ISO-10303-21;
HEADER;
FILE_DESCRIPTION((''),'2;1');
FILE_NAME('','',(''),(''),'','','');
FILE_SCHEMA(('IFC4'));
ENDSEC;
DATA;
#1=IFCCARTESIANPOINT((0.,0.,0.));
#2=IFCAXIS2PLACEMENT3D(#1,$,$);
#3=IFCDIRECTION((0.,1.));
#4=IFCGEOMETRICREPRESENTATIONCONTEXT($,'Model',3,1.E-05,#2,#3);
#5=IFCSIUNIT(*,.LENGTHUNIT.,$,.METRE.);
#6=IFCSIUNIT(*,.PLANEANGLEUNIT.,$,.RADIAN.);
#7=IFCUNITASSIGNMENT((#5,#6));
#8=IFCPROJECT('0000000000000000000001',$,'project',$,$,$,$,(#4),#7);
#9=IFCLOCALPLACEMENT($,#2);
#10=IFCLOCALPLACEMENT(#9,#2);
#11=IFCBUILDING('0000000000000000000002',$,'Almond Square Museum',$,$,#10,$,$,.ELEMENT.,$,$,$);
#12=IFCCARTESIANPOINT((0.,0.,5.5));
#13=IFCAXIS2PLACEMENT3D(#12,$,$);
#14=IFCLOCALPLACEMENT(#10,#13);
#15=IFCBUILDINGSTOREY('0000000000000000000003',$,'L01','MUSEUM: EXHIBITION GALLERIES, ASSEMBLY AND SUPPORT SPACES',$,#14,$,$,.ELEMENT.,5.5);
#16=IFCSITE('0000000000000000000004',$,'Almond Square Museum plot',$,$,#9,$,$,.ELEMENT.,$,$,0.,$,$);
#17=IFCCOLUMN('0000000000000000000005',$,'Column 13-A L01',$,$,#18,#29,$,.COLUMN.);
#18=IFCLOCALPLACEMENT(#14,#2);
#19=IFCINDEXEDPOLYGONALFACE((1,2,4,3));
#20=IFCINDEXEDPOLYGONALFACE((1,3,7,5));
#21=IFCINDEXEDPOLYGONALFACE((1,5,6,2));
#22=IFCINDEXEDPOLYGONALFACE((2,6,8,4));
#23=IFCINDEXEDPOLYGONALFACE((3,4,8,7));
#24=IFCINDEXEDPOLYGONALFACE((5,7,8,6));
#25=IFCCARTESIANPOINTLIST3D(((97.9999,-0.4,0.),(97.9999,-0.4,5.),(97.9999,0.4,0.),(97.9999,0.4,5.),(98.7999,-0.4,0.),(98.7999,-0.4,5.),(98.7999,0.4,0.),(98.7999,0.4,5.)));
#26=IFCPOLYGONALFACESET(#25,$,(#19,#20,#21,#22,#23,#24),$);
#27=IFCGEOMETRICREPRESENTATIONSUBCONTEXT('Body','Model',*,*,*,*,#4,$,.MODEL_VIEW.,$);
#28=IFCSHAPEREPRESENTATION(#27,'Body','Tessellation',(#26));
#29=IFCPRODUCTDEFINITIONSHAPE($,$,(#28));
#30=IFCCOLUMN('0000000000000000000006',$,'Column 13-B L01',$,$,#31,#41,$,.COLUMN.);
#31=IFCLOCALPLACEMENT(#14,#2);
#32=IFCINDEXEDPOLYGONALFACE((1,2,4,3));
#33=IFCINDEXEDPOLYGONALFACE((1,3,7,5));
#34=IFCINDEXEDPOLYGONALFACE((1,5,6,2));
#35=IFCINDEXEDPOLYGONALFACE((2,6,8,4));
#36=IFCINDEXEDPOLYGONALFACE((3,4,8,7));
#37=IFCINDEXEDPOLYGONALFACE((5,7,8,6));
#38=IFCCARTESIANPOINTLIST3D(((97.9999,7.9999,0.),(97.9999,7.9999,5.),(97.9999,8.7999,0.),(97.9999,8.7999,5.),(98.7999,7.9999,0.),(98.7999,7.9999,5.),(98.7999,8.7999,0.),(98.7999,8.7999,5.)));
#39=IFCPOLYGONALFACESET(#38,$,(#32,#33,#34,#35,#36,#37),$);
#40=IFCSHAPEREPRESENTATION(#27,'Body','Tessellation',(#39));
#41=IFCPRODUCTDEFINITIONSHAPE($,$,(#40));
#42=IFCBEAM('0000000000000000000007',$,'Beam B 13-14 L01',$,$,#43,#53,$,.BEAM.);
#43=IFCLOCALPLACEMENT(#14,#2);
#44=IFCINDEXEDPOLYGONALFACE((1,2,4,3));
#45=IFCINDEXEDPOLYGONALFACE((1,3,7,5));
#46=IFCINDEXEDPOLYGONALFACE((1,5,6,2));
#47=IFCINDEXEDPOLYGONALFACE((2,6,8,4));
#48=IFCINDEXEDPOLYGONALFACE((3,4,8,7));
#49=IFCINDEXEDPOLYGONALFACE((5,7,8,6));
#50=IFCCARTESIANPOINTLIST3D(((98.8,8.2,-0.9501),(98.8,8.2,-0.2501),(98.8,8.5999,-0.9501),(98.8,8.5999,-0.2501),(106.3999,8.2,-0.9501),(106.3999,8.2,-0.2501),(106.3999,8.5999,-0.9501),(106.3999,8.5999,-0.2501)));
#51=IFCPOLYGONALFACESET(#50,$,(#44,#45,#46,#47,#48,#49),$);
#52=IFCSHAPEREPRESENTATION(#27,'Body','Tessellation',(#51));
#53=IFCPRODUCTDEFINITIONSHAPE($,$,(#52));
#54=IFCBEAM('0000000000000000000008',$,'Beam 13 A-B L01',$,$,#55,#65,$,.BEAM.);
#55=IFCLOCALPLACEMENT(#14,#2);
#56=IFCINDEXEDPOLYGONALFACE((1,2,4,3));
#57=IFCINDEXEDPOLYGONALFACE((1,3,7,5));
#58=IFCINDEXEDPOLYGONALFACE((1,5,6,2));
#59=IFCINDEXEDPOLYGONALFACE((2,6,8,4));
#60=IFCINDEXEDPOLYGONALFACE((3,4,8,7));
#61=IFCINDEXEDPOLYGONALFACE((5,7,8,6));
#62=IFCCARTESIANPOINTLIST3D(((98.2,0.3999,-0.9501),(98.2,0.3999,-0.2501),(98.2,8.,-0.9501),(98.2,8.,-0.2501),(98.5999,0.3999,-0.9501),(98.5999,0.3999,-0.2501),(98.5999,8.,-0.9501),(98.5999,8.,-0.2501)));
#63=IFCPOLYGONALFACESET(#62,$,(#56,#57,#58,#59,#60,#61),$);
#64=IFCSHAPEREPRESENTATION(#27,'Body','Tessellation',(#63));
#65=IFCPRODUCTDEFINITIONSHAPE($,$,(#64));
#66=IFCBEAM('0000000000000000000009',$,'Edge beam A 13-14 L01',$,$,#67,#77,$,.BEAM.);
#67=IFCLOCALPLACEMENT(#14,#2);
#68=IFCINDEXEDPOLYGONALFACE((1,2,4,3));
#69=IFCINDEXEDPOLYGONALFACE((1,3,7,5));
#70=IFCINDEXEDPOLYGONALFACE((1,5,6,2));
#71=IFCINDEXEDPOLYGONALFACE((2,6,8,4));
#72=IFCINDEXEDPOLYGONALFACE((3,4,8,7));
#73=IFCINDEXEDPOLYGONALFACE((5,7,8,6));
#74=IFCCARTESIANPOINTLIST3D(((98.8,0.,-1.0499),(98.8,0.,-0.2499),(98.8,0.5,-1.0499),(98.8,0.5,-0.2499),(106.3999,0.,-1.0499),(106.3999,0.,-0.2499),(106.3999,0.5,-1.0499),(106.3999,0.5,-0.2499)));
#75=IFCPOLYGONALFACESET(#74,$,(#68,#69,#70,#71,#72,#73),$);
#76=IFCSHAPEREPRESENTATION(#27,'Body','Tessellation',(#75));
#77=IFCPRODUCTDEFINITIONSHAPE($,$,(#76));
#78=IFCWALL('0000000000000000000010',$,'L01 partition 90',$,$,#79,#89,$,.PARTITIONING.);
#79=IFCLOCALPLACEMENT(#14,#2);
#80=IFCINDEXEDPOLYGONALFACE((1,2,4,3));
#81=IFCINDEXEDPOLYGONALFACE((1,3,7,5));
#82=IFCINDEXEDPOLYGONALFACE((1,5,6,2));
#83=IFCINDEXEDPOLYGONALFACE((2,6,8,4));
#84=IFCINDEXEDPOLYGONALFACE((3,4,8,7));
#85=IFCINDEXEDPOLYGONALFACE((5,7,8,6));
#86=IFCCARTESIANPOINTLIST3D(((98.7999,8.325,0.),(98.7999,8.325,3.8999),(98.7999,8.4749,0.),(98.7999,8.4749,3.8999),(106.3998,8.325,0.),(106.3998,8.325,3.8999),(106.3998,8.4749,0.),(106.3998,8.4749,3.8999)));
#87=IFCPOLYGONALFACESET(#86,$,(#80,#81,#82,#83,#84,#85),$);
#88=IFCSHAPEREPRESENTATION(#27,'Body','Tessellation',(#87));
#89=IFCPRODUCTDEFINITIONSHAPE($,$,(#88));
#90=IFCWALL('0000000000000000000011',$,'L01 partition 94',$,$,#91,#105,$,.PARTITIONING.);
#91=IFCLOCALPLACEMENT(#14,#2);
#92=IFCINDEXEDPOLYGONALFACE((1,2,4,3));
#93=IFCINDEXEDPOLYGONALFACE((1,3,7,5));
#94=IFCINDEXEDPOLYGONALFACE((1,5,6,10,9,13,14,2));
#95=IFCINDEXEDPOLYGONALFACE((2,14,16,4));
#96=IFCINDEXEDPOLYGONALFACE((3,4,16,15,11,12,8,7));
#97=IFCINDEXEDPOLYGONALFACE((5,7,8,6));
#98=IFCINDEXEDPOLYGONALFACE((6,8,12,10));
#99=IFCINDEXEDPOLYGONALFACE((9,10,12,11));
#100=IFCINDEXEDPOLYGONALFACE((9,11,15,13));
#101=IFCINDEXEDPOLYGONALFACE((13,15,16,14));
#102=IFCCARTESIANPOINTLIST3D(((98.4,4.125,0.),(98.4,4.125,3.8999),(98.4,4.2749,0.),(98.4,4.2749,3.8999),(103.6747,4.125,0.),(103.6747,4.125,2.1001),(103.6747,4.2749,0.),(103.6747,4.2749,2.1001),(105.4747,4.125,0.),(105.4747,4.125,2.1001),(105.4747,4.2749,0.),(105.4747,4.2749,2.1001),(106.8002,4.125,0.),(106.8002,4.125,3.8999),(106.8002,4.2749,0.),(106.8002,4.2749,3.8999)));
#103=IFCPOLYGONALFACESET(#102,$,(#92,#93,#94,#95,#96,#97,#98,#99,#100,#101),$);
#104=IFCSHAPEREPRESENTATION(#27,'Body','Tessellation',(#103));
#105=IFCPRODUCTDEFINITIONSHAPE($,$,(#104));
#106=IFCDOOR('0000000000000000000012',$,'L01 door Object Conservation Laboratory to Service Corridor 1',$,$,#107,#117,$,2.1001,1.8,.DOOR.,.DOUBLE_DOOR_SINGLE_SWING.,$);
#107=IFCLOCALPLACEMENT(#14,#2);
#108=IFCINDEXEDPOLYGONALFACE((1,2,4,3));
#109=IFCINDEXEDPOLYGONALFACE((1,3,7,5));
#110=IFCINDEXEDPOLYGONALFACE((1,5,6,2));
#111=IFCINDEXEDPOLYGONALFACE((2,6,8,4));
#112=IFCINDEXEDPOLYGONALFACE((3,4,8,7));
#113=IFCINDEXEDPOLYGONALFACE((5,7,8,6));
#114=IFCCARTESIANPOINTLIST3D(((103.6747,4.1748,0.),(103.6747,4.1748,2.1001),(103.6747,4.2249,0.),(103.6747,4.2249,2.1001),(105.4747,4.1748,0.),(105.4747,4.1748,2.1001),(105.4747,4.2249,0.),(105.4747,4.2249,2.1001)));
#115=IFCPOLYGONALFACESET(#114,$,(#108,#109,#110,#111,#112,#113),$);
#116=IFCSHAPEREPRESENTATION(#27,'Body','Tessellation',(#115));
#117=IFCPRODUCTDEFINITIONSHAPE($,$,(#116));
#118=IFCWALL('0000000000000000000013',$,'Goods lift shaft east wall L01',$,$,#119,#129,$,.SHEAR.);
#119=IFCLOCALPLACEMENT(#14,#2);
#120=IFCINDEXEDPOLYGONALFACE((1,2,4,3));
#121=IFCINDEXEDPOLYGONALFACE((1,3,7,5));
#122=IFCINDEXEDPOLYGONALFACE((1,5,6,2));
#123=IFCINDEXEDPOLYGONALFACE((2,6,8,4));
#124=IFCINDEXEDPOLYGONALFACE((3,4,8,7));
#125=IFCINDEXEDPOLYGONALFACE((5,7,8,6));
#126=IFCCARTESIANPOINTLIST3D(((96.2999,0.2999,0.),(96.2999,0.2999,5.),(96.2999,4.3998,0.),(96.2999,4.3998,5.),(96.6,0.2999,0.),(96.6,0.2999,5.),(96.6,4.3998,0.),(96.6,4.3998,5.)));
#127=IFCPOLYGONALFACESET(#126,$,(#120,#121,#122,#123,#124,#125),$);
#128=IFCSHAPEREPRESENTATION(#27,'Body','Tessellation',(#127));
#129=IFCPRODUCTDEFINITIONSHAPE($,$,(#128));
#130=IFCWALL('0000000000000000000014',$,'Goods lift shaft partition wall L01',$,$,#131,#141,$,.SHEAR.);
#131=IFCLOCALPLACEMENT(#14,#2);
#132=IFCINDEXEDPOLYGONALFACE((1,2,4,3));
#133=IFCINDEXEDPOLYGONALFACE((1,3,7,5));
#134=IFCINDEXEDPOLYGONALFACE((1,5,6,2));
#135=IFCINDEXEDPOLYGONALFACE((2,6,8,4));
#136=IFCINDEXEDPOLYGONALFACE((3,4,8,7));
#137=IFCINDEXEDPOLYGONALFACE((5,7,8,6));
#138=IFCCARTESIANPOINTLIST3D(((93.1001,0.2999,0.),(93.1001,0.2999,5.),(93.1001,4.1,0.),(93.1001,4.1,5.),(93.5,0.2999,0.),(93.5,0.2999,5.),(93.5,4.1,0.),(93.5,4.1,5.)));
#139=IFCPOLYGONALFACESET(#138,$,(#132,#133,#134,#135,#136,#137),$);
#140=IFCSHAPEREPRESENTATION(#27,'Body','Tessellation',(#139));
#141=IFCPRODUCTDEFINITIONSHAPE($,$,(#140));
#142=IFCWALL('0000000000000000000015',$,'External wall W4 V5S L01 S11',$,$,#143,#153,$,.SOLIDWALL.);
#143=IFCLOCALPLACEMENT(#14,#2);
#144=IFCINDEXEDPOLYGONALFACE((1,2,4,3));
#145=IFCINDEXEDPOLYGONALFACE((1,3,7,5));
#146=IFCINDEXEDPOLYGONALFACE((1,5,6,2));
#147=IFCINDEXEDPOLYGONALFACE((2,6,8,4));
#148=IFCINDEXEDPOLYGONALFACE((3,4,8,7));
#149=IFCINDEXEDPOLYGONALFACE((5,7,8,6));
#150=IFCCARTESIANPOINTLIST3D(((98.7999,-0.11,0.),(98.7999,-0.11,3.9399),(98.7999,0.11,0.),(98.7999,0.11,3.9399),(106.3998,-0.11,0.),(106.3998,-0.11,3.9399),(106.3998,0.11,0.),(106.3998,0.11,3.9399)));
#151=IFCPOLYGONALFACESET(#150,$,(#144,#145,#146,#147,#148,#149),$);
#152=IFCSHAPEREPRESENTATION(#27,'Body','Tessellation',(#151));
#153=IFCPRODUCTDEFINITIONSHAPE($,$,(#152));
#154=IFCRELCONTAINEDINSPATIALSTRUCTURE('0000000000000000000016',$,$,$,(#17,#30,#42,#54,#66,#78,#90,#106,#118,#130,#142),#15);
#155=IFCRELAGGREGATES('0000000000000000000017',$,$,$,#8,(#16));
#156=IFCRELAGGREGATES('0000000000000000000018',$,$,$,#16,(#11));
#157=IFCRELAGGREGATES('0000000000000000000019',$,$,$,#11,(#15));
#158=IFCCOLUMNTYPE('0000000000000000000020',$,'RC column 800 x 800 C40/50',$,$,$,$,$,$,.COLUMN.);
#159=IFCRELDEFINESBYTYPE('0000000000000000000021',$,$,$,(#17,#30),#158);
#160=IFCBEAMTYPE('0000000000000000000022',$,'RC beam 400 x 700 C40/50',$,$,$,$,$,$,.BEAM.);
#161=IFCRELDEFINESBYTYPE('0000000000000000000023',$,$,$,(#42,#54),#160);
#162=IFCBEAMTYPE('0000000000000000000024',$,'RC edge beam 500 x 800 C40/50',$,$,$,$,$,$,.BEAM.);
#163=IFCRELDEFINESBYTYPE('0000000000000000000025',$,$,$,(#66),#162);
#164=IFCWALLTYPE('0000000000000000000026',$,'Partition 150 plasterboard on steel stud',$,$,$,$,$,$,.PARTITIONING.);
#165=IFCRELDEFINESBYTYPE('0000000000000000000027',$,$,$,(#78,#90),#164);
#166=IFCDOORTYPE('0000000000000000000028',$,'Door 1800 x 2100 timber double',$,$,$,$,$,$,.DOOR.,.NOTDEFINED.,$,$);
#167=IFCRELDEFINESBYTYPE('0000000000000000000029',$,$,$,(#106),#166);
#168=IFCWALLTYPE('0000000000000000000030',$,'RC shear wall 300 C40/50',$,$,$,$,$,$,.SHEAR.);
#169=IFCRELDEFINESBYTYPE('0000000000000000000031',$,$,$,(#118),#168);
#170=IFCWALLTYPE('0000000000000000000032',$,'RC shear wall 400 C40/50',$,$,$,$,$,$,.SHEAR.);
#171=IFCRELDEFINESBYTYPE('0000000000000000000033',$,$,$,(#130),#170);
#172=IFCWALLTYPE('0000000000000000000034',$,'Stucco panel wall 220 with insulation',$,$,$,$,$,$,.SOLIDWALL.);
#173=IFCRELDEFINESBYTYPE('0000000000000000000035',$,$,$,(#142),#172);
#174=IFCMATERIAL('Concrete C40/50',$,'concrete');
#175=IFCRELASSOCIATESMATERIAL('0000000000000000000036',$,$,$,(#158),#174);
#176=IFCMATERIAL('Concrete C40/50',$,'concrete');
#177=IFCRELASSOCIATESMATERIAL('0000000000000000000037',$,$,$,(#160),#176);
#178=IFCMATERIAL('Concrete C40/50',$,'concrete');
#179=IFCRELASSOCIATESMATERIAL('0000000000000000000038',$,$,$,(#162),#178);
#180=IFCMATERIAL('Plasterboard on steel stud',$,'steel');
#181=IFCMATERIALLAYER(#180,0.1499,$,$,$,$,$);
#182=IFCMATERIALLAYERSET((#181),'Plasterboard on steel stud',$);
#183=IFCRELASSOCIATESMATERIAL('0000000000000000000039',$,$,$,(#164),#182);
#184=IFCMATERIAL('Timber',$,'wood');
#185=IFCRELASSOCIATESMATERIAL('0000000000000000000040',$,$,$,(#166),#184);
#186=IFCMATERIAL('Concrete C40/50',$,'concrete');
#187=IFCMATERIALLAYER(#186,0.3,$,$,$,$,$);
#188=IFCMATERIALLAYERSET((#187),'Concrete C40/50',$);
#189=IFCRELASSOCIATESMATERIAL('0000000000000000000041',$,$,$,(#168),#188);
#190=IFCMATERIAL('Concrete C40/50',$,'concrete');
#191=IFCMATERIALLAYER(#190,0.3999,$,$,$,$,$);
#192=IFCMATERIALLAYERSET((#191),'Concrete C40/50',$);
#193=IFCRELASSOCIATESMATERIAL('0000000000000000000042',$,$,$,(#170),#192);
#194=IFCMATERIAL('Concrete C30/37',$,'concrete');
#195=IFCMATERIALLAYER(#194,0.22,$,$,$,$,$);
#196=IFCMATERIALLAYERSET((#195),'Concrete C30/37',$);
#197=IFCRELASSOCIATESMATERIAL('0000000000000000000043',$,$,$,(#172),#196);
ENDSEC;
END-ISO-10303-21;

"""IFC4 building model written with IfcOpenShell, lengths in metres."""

from ifc_helpers import new_model, si_unit, direction, frame, frame_2d, origin, origin_2d, place, context, subcontext, project, spatial, rectangle, extrude, material, layer, layer_set, material_profile, profile_set, type_object, element, fill, save


model = new_model("IFC4")

# Units and contexts
model_context = context("Model", 3, precision=1e-05, world=origin(), true_north=direction((0.0, 1.0)))
body_context = subcontext(model_context, "Body", "Model", "MODEL_VIEW")
ifc_project = project(units=[si_unit("LENGTHUNIT", "METRE"), si_unit("PLANEANGLEUNIT", "RADIAN")], contexts=[model_context])

# Site, building, storey
site_placement = place(None, origin())
site = spatial("IfcSite", under=ifc_project, at=site_placement, Name="Almond Square Museum plot", CompositionType="ELEMENT", RefElevation=0.0)
building_placement = place(site_placement, origin())
building = spatial("IfcBuilding", under=site, at=building_placement, Name="Almond Square Museum", CompositionType="ELEMENT")
storey_placement = place(building_placement, frame((0.0, 0.0, 5.5)))
storey = spatial("IfcBuildingStorey", under=building, at=storey_placement, Name="L01", Description="MUSEUM: EXHIBITION GALLERIES, ASSEMBLY AND SUPPORT SPACES", CompositionType="ELEMENT", Elevation=5.5)

# Columns
ifc_material_1 = material(Name="Concrete C40/50", Category="concrete")
ifc_material_profile_1 = material_profile(ifc_material_1, rectangle(XDim=0.8, YDim=0.8, at=origin_2d()))
ifc_profile_set_1 = profile_set([ifc_material_profile_1], Name="Concrete C40/50")
column_type = type_object("IfcColumnType", Name="RC column 800 x 800 C40/50", PredefinedType="COLUMN", material=ifc_profile_set_1)
for number, where, z_axis, x_axis, name in (
    (1, (98.3999, 0.0, 0.0), (0.0, 0.0, 1.0), (1.0, 0.0, 0.0), "Column 13-A L01"),
    (2, (98.3999, 8.3999, 0.0), (0.0, 0.0, 1.0), (1.0, 0.0, 0.0), "Column 13-B L01"),
):
    element("IfcColumn", number, at=place(storey_placement, frame(where, z_axis=z_axis, x_axis=x_axis)), inside=storey, type_object=column_type, Name=name, PredefinedType="COLUMN", context=body_context, shape_type="SweptSolid", body=[
        extrude(rectangle(XDim=0.8, YDim=0.8, at=origin_2d()), origin(), (0.0, 0.0, 1.0), 5.0),
    ])

# Beams
ifc_material_2 = material(Name="Concrete C40/50", Category="concrete")
ifc_material_profile_2 = material_profile(ifc_material_2, rectangle(XDim=0.3999, YDim=0.7, at=origin_2d()))
ifc_profile_set_2 = profile_set([ifc_material_profile_2], Name="Concrete C40/50")
beam_type_1 = type_object("IfcBeamType", Name="RC beam 400 x 700 C40/50", PredefinedType="BEAM", material=ifc_profile_set_2)
beam_1_placement = place(storey_placement, frame((98.8, 8.3999, -0.6001), z_axis=(1.0, 0.0, 0.0), x_axis=(0.0, 1.0, 0.0)))
element("IfcBeam", 3, at=beam_1_placement, inside=storey, type_object=beam_type_1, Name="Beam B 13-14 L01", PredefinedType="BEAM", context=body_context, shape_type="SweptSolid", body=[
    extrude(rectangle(XDim=0.3999, YDim=0.7, at=origin_2d()), origin(), (0.0, 0.0, 1.0), 7.5999),
])
beam_2_placement = place(storey_placement, frame((98.3999, 0.3999, -0.6001), z_axis=(0.0, 1.0, 0.0), x_axis=(-1.0, 0.0, 0.0)))
element("IfcBeam", 4, at=beam_2_placement, inside=storey, type_object=beam_type_1, Name="Beam 13 A-B L01", PredefinedType="BEAM", context=body_context, shape_type="SweptSolid", body=[
    extrude(rectangle(XDim=0.3999, YDim=0.7, at=origin_2d()), origin(), (0.0, 0.0, 1.0), 7.6001),
])
ifc_material_3 = material(Name="Concrete C40/50", Category="concrete")
ifc_material_profile_3 = material_profile(ifc_material_3, rectangle(XDim=0.5, YDim=0.8, at=origin_2d()))
ifc_profile_set_3 = profile_set([ifc_material_profile_3], Name="Concrete C40/50")
beam_type_2 = type_object("IfcBeamType", Name="RC edge beam 500 x 800 C40/50", PredefinedType="BEAM", material=ifc_profile_set_3)
beam_3_placement = place(storey_placement, frame((98.8, 0.25, -0.6499), z_axis=(1.0, 0.0, 0.0), x_axis=(0.0, 1.0, 0.0)))
element("IfcBeam", 5, at=beam_3_placement, inside=storey, type_object=beam_type_2, Name="Edge beam A 13-14 L01", PredefinedType="BEAM", context=body_context, shape_type="SweptSolid", body=[
    extrude(rectangle(XDim=0.5, YDim=0.8, at=origin_2d()), origin(), (0.0, 0.0, 1.0), 7.5999),
])

# Wall
ifc_material_4 = material(Name="Plasterboard on steel stud", Category="steel")
ifc_layer_1 = layer(ifc_material_4, 0.1499)
ifc_layer_set_1 = layer_set([ifc_layer_1], Name="Plasterboard on steel stud")
wall_type_1 = type_object("IfcWallType", Name="Partition 150 plasterboard on steel stud", PredefinedType="PARTITIONING", material=ifc_layer_set_1)
wall_1_placement = place(storey_placement, frame((98.8, 8.3999, 0.0), z_axis=(0.0, 0.0, 1.0), x_axis=(1.0, 0.0, 0.0)))
element("IfcWall", 6, at=wall_1_placement, inside=storey, type_object=wall_type_1, Name="L01 partition 90", PredefinedType="PARTITIONING", context=body_context, shape_type="SweptSolid", body=[
    extrude(rectangle(XDim=7.5999, YDim=0.1499, at=frame_2d((3.7998, 0.0))), origin(), (0.0, 0.0, 1.0), 3.8999),
])

# Wall, opening, door
wall_2_placement = place(storey_placement, frame((98.3999, 4.2, 0.0), z_axis=(0.0, 0.0, 1.0), x_axis=(1.0, 0.0, 0.0)))
wall_2 = element("IfcWall", 7, at=wall_2_placement, inside=storey, type_object=wall_type_1, Name="L01 partition 94", PredefinedType="PARTITIONING", context=body_context, shape_type="SweptSolid", body=[
    extrude(rectangle(XDim=8.4001, YDim=0.1499, at=frame_2d((4.2002, 0.0))), origin(), (0.0, 0.0, 1.0), 3.8999),
])
opening_placement = place(wall_2_placement, frame((5.2749, 0.0, 0.0)))
opening = element("IfcOpeningElement", 8, at=opening_placement, cuts=wall_2, PredefinedType="OPENING", context=body_context, shape_type="SweptSolid", body=[
    extrude(rectangle(XDim=1.8, YDim=2.1001, at=frame_2d((0.8999, 1.05))), frame((0.0, 0.085, 0.0), z_axis=(0.0, -1.0, 0.0), x_axis=(1.0, 0.0, 0.0)), (0.0, 0.0, 1.0), 0.1699),
])
ifc_material_5 = material(Name="Timber", Category="wood")
door_type = type_object("IfcDoorType", Name="Door 1800 x 2100 timber double", OperationType="NOTDEFINED", PredefinedType="DOOR", material=ifc_material_5)
door_placement = place(opening_placement, origin())
door = element("IfcDoor", 9, at=door_placement, inside=storey, type_object=door_type, Name="L01 door Object Conservation Laboratory to Service Corridor 1", OperationType="DOUBLE_DOOR_SINGLE_SWING", OverallHeight=2.1001, OverallWidth=1.8, PredefinedType="DOOR", context=body_context, shape_type="SweptSolid", body=[
    extrude(rectangle(XDim=1.8, YDim=2.1001, at=frame_2d((0.8999, 1.05))), frame((0.0, 0.0249, 0.0), z_axis=(0.0, -1.0, 0.0), x_axis=(1.0, 0.0, 0.0)), (0.0, 0.0, 1.0), 0.05),
])
fill(opening, door)

# Walls
ifc_material_6 = material(Name="Concrete C40/50", Category="concrete")
ifc_layer_2 = layer(ifc_material_6, 0.3)
ifc_layer_set_2 = layer_set([ifc_layer_2], Name="Concrete C40/50")
wall_type_2 = type_object("IfcWallType", Name="RC shear wall 300 C40/50", PredefinedType="SHEAR", material=ifc_layer_set_2)
wall_3_placement = place(storey_placement, frame((96.45, 0.3, 0.0), z_axis=(0.0, 0.0, 1.0), x_axis=(0.0, 1.0, 0.0)))
element("IfcWall", 10, at=wall_3_placement, inside=storey, type_object=wall_type_2, Name="Goods lift shaft east wall L01", PredefinedType="SHEAR", context=body_context, shape_type="SweptSolid", body=[
    extrude(rectangle(XDim=4.0999, YDim=0.3, at=frame_2d((2.0498, 0.0))), origin(), (0.0, 0.0, 1.0), 5.0),
])
ifc_material_7 = material(Name="Concrete C40/50", Category="concrete")
ifc_layer_3 = layer(ifc_material_7, 0.3999)
ifc_layer_set_3 = layer_set([ifc_layer_3], Name="Concrete C40/50")
wall_type_3 = type_object("IfcWallType", Name="RC shear wall 400 C40/50", PredefinedType="SHEAR", material=ifc_layer_set_3)
wall_4_placement = place(storey_placement, frame((93.3, 0.3, 0.0), z_axis=(0.0, 0.0, 1.0), x_axis=(0.0, 1.0, 0.0)))
element("IfcWall", 11, at=wall_4_placement, inside=storey, type_object=wall_type_3, Name="Goods lift shaft partition wall L01", PredefinedType="SHEAR", context=body_context, shape_type="SweptSolid", body=[
    extrude(rectangle(XDim=3.8, YDim=0.3999, at=frame_2d((1.8999, 0.0))), origin(), (0.0, 0.0, 1.0), 5.0),
])
ifc_material_8 = material(Name="Concrete C30/37", Category="concrete")
ifc_layer_4 = layer(ifc_material_8, 0.22)
ifc_layer_set_4 = layer_set([ifc_layer_4], Name="Concrete C30/37")
wall_type_4 = type_object("IfcWallType", Name="Stucco panel wall 220 with insulation", PredefinedType="SOLIDWALL", material=ifc_layer_set_4)
wall_5_placement = place(storey_placement, frame((98.8, 0.0, 0.0), z_axis=(0.0, 0.0, 1.0), x_axis=(1.0, 0.0, 0.0)))
element("IfcWall", 12, at=wall_5_placement, inside=storey, type_object=wall_type_4, Name="External wall W4 V5S L01 S11", PredefinedType="SOLIDWALL", context=body_context, shape_type="SweptSolid", body=[
    extrude(rectangle(XDim=7.5999, YDim=0.22, at=frame_2d((3.7998, 0.0))), origin(), (0.0, 0.0, 1.0), 3.9399),
])

save(model, "model.ifc")
